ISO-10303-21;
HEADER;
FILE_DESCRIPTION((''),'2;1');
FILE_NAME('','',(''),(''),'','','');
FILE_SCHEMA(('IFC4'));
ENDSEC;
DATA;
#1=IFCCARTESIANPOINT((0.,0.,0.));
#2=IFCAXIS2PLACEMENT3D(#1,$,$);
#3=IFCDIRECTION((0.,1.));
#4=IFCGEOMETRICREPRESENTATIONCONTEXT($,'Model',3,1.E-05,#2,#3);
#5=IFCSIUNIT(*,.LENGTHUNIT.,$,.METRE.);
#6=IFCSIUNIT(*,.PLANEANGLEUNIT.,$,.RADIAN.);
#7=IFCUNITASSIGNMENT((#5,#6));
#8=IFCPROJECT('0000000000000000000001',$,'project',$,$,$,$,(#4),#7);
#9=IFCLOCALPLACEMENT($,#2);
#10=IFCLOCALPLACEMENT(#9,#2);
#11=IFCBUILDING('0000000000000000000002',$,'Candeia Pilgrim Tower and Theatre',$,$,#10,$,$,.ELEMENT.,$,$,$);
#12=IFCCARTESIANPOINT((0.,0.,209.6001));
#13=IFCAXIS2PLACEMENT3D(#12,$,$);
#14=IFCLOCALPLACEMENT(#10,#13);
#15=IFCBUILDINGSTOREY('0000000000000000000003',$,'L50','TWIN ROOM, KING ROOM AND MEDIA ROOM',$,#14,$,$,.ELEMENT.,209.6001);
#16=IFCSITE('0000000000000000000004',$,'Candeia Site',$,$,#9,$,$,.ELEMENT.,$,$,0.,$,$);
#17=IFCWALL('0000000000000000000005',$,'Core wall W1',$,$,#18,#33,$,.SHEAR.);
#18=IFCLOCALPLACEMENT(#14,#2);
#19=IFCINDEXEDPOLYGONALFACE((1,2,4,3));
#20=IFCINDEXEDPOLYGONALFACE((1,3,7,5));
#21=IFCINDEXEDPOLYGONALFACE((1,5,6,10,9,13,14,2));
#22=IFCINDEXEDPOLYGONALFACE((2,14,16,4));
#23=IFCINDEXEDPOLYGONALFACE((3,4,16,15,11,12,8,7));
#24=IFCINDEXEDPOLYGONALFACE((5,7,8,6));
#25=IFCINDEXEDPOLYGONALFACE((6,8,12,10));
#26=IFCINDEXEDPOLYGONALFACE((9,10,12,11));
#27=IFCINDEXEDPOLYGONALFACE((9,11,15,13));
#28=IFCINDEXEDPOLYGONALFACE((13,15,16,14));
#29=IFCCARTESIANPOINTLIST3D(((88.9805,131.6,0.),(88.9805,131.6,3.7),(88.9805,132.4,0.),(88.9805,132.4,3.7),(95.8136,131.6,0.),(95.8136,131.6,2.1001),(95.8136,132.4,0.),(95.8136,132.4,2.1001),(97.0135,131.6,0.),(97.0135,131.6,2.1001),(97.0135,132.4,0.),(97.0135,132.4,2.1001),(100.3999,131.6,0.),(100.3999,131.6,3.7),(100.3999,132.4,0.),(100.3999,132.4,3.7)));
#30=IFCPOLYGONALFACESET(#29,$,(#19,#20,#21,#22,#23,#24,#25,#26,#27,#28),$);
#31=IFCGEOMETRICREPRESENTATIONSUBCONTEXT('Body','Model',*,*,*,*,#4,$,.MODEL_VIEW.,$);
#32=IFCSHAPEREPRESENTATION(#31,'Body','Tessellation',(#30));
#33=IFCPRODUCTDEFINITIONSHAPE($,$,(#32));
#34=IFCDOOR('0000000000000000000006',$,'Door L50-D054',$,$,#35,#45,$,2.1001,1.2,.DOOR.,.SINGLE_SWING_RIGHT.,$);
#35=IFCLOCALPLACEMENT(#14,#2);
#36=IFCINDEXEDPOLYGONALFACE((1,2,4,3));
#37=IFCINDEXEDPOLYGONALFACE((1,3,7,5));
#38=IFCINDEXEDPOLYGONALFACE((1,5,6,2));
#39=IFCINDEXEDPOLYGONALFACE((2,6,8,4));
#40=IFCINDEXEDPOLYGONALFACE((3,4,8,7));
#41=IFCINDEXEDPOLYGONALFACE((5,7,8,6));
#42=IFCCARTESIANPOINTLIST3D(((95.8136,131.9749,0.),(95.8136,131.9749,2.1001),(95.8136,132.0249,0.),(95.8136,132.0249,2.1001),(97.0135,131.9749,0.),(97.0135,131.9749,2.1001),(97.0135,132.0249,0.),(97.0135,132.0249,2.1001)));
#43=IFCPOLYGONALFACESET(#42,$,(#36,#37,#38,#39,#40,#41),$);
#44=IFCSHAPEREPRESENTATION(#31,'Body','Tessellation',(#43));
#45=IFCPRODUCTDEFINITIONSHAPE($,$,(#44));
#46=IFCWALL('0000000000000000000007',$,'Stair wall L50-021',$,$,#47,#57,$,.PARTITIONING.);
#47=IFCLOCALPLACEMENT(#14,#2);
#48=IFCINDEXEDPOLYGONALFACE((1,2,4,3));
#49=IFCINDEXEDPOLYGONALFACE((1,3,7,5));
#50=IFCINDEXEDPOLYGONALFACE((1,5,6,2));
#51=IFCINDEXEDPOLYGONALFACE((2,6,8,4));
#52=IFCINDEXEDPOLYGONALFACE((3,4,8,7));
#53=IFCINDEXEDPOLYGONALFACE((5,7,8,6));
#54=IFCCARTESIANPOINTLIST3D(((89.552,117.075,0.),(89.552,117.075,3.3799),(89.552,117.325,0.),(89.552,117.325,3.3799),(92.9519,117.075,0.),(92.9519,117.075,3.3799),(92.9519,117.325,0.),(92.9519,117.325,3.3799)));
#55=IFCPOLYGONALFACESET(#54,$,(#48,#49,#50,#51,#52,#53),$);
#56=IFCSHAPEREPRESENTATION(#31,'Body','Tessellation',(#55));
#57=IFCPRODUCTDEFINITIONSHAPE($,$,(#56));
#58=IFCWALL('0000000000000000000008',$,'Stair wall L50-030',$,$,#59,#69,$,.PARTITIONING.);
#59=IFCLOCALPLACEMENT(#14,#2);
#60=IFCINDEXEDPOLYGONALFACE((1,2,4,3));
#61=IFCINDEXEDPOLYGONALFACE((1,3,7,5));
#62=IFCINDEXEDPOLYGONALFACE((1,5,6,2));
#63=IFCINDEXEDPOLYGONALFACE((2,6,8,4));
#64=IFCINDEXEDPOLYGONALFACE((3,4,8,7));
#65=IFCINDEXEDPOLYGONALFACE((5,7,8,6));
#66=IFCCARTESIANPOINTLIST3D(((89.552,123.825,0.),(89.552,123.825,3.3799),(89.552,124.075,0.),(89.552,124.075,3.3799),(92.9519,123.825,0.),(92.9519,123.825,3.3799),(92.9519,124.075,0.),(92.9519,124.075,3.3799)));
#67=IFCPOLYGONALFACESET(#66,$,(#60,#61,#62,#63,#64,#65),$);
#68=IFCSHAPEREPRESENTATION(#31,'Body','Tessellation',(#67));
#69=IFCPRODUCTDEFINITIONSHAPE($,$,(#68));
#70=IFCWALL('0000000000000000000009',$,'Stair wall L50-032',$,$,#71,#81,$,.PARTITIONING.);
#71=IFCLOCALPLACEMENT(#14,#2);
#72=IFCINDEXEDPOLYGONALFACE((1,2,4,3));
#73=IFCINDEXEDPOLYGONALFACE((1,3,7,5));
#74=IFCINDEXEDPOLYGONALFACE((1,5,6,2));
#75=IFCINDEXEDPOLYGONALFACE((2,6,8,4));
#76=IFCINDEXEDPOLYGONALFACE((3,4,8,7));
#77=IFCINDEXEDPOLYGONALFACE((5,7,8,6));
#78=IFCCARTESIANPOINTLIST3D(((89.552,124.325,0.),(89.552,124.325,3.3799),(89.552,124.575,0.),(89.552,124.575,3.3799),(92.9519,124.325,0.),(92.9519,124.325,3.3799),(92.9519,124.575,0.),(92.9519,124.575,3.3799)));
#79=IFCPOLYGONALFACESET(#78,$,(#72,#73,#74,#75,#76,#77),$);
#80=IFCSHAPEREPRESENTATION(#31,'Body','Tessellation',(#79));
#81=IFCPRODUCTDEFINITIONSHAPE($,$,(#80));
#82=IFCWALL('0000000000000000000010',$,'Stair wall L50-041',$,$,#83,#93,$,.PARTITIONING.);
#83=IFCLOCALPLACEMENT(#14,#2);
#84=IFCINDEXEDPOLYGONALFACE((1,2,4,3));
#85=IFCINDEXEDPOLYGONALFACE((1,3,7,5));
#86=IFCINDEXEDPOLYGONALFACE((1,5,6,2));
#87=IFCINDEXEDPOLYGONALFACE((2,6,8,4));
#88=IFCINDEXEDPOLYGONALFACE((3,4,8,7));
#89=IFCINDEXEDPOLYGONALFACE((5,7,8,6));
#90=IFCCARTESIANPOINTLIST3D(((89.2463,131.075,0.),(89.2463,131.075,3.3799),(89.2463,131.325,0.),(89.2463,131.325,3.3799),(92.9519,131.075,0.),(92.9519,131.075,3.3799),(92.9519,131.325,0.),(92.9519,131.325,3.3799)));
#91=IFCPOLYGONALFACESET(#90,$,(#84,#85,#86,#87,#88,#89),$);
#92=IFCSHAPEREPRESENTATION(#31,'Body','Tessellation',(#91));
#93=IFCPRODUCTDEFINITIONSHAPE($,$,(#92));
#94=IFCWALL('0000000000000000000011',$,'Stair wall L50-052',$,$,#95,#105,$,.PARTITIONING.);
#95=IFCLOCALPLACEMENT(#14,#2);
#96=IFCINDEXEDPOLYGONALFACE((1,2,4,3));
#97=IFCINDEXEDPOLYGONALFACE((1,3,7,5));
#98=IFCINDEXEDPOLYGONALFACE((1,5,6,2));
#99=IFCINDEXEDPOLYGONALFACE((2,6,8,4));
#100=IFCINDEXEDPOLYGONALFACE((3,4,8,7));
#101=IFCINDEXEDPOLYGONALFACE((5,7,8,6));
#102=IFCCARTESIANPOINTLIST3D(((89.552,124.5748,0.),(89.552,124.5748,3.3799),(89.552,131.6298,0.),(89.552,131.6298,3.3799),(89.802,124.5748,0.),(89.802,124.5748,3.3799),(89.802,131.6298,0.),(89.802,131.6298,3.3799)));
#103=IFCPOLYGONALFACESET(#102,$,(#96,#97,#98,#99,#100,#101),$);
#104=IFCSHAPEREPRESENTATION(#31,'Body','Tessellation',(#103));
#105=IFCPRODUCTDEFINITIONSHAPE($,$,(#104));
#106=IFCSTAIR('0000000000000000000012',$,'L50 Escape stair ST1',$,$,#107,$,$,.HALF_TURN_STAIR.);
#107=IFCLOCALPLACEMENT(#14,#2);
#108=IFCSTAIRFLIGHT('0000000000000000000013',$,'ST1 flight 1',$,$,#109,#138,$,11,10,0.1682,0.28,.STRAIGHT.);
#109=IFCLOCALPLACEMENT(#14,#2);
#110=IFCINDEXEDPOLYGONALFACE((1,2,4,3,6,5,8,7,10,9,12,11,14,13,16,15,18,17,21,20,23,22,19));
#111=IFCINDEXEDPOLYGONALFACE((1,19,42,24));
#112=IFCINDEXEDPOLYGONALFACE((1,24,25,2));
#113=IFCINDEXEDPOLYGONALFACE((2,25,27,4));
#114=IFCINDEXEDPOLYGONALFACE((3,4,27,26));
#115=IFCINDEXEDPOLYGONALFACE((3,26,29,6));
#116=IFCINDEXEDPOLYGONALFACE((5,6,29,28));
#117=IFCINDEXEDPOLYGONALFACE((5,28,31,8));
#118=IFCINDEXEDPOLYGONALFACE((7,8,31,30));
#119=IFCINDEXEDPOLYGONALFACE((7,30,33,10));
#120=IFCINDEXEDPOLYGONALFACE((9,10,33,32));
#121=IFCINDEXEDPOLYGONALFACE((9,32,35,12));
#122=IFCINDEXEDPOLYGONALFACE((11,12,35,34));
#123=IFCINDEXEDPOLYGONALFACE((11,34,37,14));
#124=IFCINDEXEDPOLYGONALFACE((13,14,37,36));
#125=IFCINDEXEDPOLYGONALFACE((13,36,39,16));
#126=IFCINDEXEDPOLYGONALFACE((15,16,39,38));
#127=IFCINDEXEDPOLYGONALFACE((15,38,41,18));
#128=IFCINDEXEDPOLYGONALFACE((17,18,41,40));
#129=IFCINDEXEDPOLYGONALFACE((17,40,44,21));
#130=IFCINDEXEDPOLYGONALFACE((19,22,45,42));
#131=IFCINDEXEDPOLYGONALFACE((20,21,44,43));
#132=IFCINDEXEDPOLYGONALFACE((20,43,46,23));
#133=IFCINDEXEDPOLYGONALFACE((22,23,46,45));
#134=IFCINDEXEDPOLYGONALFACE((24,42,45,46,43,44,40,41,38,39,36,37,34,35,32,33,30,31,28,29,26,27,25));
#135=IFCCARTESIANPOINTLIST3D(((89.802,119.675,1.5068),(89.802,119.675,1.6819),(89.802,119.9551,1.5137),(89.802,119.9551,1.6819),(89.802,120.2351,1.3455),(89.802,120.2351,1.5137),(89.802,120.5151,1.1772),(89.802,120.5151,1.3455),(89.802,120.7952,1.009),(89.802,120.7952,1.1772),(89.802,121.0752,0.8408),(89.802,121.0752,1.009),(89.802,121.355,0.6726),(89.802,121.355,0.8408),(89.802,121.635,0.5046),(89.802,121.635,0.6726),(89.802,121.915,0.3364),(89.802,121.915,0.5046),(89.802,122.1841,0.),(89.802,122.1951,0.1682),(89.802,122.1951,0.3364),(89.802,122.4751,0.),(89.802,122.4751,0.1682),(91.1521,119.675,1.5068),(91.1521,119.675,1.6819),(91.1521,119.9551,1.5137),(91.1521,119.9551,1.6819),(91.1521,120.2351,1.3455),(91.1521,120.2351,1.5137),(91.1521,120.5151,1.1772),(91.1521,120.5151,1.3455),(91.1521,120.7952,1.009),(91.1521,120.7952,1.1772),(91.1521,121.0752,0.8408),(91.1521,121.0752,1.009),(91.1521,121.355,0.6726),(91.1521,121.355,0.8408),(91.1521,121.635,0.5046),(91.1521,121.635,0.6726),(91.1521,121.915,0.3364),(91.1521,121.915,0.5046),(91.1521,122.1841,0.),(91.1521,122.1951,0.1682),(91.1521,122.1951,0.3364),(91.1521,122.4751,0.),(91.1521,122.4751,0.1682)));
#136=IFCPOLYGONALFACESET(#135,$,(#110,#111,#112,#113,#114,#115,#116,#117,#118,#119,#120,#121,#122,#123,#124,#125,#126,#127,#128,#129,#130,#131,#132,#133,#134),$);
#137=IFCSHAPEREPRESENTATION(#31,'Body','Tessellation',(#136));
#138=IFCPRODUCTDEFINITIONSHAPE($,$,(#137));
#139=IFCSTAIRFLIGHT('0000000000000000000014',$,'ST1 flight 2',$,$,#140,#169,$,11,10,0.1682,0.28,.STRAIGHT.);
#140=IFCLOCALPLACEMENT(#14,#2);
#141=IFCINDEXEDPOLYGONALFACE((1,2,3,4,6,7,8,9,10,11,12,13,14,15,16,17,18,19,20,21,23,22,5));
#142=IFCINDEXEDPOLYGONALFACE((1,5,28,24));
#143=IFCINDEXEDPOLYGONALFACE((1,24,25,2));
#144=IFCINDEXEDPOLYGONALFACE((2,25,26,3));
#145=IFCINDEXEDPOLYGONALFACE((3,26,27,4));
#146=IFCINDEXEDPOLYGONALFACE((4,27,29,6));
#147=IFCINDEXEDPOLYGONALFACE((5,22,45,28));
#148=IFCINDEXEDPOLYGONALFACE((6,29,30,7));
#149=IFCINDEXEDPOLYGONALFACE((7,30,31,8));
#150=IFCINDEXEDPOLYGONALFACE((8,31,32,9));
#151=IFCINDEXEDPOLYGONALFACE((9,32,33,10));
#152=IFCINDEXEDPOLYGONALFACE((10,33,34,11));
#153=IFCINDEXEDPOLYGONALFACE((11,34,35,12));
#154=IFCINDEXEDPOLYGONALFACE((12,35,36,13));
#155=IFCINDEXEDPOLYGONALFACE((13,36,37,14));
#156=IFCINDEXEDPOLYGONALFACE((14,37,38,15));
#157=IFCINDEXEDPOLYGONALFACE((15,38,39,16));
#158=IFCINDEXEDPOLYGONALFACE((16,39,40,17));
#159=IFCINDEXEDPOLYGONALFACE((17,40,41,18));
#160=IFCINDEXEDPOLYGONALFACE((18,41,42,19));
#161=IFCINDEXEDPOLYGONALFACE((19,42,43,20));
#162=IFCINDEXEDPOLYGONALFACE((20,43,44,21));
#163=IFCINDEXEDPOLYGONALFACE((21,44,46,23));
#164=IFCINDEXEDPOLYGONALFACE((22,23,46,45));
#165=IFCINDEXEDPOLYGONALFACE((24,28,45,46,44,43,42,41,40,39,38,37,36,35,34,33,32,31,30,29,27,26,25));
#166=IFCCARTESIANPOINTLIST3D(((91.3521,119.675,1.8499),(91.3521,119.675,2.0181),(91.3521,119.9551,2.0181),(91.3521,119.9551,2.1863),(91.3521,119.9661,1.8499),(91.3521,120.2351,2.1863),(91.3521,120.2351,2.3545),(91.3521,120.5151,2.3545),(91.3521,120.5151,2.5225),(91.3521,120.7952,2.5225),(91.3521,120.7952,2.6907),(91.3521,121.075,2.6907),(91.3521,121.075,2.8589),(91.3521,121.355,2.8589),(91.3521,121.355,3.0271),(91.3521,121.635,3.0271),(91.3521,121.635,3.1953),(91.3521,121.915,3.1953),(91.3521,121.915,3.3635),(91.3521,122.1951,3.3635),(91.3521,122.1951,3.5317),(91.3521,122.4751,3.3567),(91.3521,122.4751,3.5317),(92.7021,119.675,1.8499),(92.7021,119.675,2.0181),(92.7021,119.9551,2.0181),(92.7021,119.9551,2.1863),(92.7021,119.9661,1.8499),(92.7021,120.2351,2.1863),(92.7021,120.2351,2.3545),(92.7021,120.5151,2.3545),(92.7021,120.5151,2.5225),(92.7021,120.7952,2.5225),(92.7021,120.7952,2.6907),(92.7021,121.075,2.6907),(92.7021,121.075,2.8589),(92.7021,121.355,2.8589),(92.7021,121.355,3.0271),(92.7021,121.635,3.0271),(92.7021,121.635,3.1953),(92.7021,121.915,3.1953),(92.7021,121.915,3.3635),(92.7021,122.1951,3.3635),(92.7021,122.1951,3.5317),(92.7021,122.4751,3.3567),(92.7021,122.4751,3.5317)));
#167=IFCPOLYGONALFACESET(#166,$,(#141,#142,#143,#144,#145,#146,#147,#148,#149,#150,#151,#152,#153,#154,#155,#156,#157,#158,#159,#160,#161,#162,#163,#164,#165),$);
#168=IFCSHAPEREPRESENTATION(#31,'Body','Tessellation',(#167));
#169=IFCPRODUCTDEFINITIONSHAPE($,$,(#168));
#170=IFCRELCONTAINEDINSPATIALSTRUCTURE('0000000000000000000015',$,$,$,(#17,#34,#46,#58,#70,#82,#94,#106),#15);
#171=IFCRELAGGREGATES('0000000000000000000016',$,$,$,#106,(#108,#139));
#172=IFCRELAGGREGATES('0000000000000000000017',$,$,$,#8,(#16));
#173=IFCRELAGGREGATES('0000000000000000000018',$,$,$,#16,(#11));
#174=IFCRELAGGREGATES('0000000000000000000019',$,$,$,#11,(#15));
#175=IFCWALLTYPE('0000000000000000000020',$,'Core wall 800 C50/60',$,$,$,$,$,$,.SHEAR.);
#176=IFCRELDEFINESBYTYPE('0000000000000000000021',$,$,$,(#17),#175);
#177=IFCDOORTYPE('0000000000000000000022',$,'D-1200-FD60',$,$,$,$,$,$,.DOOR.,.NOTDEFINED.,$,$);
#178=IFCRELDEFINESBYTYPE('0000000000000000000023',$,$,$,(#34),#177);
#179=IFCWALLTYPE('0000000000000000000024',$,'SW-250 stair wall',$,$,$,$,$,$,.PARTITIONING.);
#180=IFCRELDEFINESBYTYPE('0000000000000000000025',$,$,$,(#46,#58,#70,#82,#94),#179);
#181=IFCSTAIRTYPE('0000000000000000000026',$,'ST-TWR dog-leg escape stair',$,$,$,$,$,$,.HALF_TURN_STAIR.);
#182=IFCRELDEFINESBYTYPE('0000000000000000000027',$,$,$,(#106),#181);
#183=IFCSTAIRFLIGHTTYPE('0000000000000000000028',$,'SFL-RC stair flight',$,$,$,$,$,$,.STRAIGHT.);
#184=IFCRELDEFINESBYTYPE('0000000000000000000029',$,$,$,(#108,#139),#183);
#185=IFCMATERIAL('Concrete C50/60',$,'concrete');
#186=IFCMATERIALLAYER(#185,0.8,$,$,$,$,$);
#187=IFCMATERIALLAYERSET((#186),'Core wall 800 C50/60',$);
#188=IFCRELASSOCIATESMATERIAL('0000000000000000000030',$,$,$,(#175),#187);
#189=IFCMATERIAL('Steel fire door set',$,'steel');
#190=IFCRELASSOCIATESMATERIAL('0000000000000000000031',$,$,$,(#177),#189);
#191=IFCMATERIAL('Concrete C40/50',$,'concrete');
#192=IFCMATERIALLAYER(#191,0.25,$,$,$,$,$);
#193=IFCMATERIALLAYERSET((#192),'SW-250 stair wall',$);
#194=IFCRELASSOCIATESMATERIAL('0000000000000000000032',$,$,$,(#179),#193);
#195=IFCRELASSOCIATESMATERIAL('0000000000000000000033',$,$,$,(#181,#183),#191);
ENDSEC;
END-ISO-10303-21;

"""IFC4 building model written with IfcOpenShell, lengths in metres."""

from ifc_helpers import new_model, si_unit, direction, frame, frame_2d, origin, place, context, subcontext, project, spatial, polyline, rectangle, outline, extrude, material, layer, layer_set, type_object, element, fill, aggregate, save


model = new_model("IFC4")

# Units and contexts
model_context = context("Model", 3, precision=1e-05, world=origin(), true_north=direction((0.0, 1.0)))
body_context = subcontext(model_context, "Body", "Model", "MODEL_VIEW")
ifc_project = project(units=[si_unit("LENGTHUNIT", "METRE"), si_unit("PLANEANGLEUNIT", "RADIAN")], contexts=[model_context])

# Site, building, storey
site_placement = place(None, origin())
site = spatial("IfcSite", under=ifc_project, at=site_placement, Name="Candeia Site", CompositionType="ELEMENT", RefElevation=0.0)
building_placement = place(site_placement, origin())
building = spatial("IfcBuilding", under=site, at=building_placement, Name="Candeia Pilgrim Tower and Theatre", CompositionType="ELEMENT")
storey_placement = place(building_placement, frame((0.0, 0.0, 209.6001)))
storey = spatial("IfcBuildingStorey", under=building, at=storey_placement, Name="L50", Description="TWIN ROOM, KING ROOM AND MEDIA ROOM", CompositionType="ELEMENT", Elevation=209.6001)

# Wall, opening, door
ifc_material_1 = material(Name="Concrete C50/60", Category="concrete")
ifc_layer_1 = layer(ifc_material_1, 0.8)
ifc_layer_set_1 = layer_set([ifc_layer_1], Name="Core wall 800 C50/60")
wall_type_1 = type_object("IfcWallType", Name="Core wall 800 C50/60", PredefinedType="SHEAR", material=ifc_layer_set_1)
wall_1_placement = place(storey_placement, frame((88.9805, 132.0, 0.0), z_axis=(0.0, 0.0, 1.0), x_axis=(1.0, 0.0, 0.0)))
wall_1 = element("IfcWall", 1, at=wall_1_placement, inside=storey, type_object=wall_type_1, Name="Core wall W1", PredefinedType="SHEAR", context=body_context, shape_type="SweptSolid", body=[
    extrude(rectangle(XDim=11.4194, YDim=0.8, at=frame_2d((5.7097, 0.0))), origin(), (0.0, 0.0, 1.0), 3.7),
])
opening_placement = place(wall_1_placement, frame((6.833, 0.0, 0.0)))
opening = element("IfcOpeningElement", 2, at=opening_placement, cuts=wall_1, PredefinedType="OPENING", context=body_context, shape_type="SweptSolid", body=[
    extrude(rectangle(XDim=1.2, YDim=2.1001, at=frame_2d((0.6001, 1.05))), frame((0.0, 0.4102, 0.0), z_axis=(0.0, -1.0, 0.0), x_axis=(1.0, 0.0, 0.0)), (0.0, 0.0, 1.0), 0.8201),
])
ifc_material_2 = material(Name="Steel fire door set", Category="steel")
door_type = type_object("IfcDoorType", Name="D-1200-FD60", OperationType="NOTDEFINED", PredefinedType="DOOR", material=ifc_material_2)
door_placement = place(opening_placement, origin())
door = element("IfcDoor", 3, at=door_placement, inside=storey, type_object=door_type, Name="Door L50-D054", OperationType="SINGLE_SWING_RIGHT", OverallHeight=2.1001, OverallWidth=1.2, PredefinedType="DOOR", context=body_context, shape_type="SweptSolid", body=[
    extrude(rectangle(XDim=1.2, YDim=2.1001, at=frame_2d((0.6001, 1.05))), frame((0.0, 0.0249, 0.0), z_axis=(0.0, -1.0, 0.0), x_axis=(1.0, 0.0, 0.0)), (0.0, 0.0, 1.0), 0.05),
])
fill(opening, door)

# Walls
ifc_material_3 = material(Name="Concrete C40/50", Category="concrete")
ifc_layer_2 = layer(ifc_material_3, 0.25)
ifc_layer_set_2 = layer_set([ifc_layer_2], Name="SW-250 stair wall")
wall_type_2 = type_object("IfcWallType", Name="SW-250 stair wall", PredefinedType="PARTITIONING", material=ifc_layer_set_2)
for number, where, z_axis, x_axis, name in (
    (4, (89.552, 117.2, 0.0), (0.0, 0.0, 1.0), (1.0, 0.0, 0.0), "Stair wall L50-021"),
    (5, (89.552, 123.95, 0.0), (0.0, 0.0, 1.0), (1.0, 0.0, 0.0), "Stair wall L50-030"),
    (6, (89.552, 124.45, 0.0), (0.0, 0.0, 1.0), (1.0, 0.0, 0.0), "Stair wall L50-032"),
):
    element("IfcWall", number, at=place(storey_placement, frame(where, z_axis=z_axis, x_axis=x_axis)), inside=storey, type_object=wall_type_2, Name=name, PredefinedType="PARTITIONING", context=body_context, shape_type="SweptSolid", body=[
        extrude(rectangle(XDim=3.3999, YDim=0.25, at=frame_2d((1.7, 0.0))), origin(), (0.0, 0.0, 1.0), 3.3799),
    ])
wall_2_placement = place(storey_placement, frame((89.2463, 131.2, 0.0), z_axis=(0.0, 0.0, 1.0), x_axis=(1.0, 0.0, 0.0)))
element("IfcWall", 7, at=wall_2_placement, inside=storey, type_object=wall_type_2, Name="Stair wall L50-041", PredefinedType="PARTITIONING", context=body_context, shape_type="SweptSolid", body=[
    extrude(rectangle(XDim=3.7056, YDim=0.25, at=frame_2d((1.8528, 0.0))), origin(), (0.0, 0.0, 1.0), 3.3799),
])
wall_3_placement = place(storey_placement, frame((89.677, 124.575, 0.0), z_axis=(0.0, 0.0, 1.0), x_axis=(0.0, 1.0, 0.0)))
element("IfcWall", 8, at=wall_3_placement, inside=storey, type_object=wall_type_2, Name="Stair wall L50-052", PredefinedType="PARTITIONING", context=body_context, shape_type="SweptSolid", body=[
    extrude(rectangle(XDim=7.0549, YDim=0.25, at=frame_2d((3.5273, 0.0))), origin(), (0.0, 0.0, 1.0), 3.3799),
])

# Stair, stair flights
stair_type = type_object("IfcStairType", Name="ST-TWR dog-leg escape stair", PredefinedType="HALF_TURN_STAIR", material=ifc_material_3)
stair_1_placement = place(storey_placement, origin())
stair_1 = element("IfcStair", 9, at=stair_1_placement, inside=storey, type_object=stair_type, Name="L50 Escape stair ST1", PredefinedType="HALF_TURN_STAIR")
stair_flight_type = type_object("IfcStairFlightType", Name="SFL-RC stair flight", PredefinedType="STRAIGHT", material=ifc_material_3)
stair_flight_1_placement = place(storey_placement, frame((90.4771, 122.4751, 0.0), z_axis=(0.0, 0.0, 1.0), x_axis=(0.0, -1.0, 0.0)))
stair_flight_1 = element("IfcStairFlight", 10, at=stair_flight_1_placement, type_object=stair_flight_type, Name="ST1 flight 1", NumberOfRisers=11, NumberOfTreads=10, PredefinedType="STRAIGHT", RiserHeight=0.1682, TreadLength=0.28, context=body_context, shape_type="SweptSolid", body=[
    extrude(outline(polyline([(0.0, 0.0), (0.0, 0.1682), (0.28, 0.1682), (0.28, 0.3364), (0.5601, 0.3364), (0.5601, 0.5046), (0.8401, 0.5046), (0.8401, 0.6726), (1.1201, 0.6726), (1.1201, 0.8408), (1.3999, 0.8408), (1.3999, 1.009), (1.6799, 1.009), (1.6799, 1.1772), (1.96, 1.1772), (1.96, 1.3455), (2.24, 1.3455), (2.24, 1.5137), (2.52, 1.5137), (2.52, 1.6819), (2.8, 1.6819), (2.8, 1.8501), (2.8, 1.5068), (0.291, 0.0), (0.0, 0.0)])), frame((0.0, 0.675, 0.0), z_axis=(0.0, -1.0, 0.0), x_axis=(1.0, 0.0, 0.0)), (0.0, 0.0, 1.0), 1.3501),
])
stair_flight_2_placement = place(storey_placement, frame((92.0271, 119.675, 1.8499), z_axis=(0.0, 0.0, 1.0), x_axis=(0.0, 1.0, 0.0)))
stair_flight_2 = element("IfcStairFlight", 11, at=stair_flight_2_placement, type_object=stair_flight_type, Name="ST1 flight 2", NumberOfRisers=11, NumberOfTreads=10, PredefinedType="STRAIGHT", RiserHeight=0.1682, TreadLength=0.28, context=body_context, shape_type="SweptSolid", body=[
    extrude(outline(polyline([(0.0, 0.0), (0.0, 0.1682), (0.28, 0.1682), (0.28, 0.3364), (0.5601, 0.3364), (0.5601, 0.5046), (0.8401, 0.5046), (0.8401, 0.6726), (1.1201, 0.6726), (1.1201, 0.8408), (1.3999, 0.8408), (1.3999, 1.009), (1.6799, 1.009), (1.6799, 1.1772), (1.96, 1.1772), (1.96, 1.3455), (2.24, 1.3455), (2.24, 1.5137), (2.52, 1.5137), (2.52, 1.6819), (2.8, 1.6819), (2.8, 1.8501), (2.8, 1.5068), (0.291, 0.0), (0.0, 0.0)])), frame((0.0, 0.675, 0.0), z_axis=(0.0, -1.0, 0.0), x_axis=(1.0, 0.0, 0.0)), (0.0, 0.0, 1.0), 1.3501),
])
aggregate(stair_1, [stair_flight_1, stair_flight_2])

save(model, "model.ifc")
